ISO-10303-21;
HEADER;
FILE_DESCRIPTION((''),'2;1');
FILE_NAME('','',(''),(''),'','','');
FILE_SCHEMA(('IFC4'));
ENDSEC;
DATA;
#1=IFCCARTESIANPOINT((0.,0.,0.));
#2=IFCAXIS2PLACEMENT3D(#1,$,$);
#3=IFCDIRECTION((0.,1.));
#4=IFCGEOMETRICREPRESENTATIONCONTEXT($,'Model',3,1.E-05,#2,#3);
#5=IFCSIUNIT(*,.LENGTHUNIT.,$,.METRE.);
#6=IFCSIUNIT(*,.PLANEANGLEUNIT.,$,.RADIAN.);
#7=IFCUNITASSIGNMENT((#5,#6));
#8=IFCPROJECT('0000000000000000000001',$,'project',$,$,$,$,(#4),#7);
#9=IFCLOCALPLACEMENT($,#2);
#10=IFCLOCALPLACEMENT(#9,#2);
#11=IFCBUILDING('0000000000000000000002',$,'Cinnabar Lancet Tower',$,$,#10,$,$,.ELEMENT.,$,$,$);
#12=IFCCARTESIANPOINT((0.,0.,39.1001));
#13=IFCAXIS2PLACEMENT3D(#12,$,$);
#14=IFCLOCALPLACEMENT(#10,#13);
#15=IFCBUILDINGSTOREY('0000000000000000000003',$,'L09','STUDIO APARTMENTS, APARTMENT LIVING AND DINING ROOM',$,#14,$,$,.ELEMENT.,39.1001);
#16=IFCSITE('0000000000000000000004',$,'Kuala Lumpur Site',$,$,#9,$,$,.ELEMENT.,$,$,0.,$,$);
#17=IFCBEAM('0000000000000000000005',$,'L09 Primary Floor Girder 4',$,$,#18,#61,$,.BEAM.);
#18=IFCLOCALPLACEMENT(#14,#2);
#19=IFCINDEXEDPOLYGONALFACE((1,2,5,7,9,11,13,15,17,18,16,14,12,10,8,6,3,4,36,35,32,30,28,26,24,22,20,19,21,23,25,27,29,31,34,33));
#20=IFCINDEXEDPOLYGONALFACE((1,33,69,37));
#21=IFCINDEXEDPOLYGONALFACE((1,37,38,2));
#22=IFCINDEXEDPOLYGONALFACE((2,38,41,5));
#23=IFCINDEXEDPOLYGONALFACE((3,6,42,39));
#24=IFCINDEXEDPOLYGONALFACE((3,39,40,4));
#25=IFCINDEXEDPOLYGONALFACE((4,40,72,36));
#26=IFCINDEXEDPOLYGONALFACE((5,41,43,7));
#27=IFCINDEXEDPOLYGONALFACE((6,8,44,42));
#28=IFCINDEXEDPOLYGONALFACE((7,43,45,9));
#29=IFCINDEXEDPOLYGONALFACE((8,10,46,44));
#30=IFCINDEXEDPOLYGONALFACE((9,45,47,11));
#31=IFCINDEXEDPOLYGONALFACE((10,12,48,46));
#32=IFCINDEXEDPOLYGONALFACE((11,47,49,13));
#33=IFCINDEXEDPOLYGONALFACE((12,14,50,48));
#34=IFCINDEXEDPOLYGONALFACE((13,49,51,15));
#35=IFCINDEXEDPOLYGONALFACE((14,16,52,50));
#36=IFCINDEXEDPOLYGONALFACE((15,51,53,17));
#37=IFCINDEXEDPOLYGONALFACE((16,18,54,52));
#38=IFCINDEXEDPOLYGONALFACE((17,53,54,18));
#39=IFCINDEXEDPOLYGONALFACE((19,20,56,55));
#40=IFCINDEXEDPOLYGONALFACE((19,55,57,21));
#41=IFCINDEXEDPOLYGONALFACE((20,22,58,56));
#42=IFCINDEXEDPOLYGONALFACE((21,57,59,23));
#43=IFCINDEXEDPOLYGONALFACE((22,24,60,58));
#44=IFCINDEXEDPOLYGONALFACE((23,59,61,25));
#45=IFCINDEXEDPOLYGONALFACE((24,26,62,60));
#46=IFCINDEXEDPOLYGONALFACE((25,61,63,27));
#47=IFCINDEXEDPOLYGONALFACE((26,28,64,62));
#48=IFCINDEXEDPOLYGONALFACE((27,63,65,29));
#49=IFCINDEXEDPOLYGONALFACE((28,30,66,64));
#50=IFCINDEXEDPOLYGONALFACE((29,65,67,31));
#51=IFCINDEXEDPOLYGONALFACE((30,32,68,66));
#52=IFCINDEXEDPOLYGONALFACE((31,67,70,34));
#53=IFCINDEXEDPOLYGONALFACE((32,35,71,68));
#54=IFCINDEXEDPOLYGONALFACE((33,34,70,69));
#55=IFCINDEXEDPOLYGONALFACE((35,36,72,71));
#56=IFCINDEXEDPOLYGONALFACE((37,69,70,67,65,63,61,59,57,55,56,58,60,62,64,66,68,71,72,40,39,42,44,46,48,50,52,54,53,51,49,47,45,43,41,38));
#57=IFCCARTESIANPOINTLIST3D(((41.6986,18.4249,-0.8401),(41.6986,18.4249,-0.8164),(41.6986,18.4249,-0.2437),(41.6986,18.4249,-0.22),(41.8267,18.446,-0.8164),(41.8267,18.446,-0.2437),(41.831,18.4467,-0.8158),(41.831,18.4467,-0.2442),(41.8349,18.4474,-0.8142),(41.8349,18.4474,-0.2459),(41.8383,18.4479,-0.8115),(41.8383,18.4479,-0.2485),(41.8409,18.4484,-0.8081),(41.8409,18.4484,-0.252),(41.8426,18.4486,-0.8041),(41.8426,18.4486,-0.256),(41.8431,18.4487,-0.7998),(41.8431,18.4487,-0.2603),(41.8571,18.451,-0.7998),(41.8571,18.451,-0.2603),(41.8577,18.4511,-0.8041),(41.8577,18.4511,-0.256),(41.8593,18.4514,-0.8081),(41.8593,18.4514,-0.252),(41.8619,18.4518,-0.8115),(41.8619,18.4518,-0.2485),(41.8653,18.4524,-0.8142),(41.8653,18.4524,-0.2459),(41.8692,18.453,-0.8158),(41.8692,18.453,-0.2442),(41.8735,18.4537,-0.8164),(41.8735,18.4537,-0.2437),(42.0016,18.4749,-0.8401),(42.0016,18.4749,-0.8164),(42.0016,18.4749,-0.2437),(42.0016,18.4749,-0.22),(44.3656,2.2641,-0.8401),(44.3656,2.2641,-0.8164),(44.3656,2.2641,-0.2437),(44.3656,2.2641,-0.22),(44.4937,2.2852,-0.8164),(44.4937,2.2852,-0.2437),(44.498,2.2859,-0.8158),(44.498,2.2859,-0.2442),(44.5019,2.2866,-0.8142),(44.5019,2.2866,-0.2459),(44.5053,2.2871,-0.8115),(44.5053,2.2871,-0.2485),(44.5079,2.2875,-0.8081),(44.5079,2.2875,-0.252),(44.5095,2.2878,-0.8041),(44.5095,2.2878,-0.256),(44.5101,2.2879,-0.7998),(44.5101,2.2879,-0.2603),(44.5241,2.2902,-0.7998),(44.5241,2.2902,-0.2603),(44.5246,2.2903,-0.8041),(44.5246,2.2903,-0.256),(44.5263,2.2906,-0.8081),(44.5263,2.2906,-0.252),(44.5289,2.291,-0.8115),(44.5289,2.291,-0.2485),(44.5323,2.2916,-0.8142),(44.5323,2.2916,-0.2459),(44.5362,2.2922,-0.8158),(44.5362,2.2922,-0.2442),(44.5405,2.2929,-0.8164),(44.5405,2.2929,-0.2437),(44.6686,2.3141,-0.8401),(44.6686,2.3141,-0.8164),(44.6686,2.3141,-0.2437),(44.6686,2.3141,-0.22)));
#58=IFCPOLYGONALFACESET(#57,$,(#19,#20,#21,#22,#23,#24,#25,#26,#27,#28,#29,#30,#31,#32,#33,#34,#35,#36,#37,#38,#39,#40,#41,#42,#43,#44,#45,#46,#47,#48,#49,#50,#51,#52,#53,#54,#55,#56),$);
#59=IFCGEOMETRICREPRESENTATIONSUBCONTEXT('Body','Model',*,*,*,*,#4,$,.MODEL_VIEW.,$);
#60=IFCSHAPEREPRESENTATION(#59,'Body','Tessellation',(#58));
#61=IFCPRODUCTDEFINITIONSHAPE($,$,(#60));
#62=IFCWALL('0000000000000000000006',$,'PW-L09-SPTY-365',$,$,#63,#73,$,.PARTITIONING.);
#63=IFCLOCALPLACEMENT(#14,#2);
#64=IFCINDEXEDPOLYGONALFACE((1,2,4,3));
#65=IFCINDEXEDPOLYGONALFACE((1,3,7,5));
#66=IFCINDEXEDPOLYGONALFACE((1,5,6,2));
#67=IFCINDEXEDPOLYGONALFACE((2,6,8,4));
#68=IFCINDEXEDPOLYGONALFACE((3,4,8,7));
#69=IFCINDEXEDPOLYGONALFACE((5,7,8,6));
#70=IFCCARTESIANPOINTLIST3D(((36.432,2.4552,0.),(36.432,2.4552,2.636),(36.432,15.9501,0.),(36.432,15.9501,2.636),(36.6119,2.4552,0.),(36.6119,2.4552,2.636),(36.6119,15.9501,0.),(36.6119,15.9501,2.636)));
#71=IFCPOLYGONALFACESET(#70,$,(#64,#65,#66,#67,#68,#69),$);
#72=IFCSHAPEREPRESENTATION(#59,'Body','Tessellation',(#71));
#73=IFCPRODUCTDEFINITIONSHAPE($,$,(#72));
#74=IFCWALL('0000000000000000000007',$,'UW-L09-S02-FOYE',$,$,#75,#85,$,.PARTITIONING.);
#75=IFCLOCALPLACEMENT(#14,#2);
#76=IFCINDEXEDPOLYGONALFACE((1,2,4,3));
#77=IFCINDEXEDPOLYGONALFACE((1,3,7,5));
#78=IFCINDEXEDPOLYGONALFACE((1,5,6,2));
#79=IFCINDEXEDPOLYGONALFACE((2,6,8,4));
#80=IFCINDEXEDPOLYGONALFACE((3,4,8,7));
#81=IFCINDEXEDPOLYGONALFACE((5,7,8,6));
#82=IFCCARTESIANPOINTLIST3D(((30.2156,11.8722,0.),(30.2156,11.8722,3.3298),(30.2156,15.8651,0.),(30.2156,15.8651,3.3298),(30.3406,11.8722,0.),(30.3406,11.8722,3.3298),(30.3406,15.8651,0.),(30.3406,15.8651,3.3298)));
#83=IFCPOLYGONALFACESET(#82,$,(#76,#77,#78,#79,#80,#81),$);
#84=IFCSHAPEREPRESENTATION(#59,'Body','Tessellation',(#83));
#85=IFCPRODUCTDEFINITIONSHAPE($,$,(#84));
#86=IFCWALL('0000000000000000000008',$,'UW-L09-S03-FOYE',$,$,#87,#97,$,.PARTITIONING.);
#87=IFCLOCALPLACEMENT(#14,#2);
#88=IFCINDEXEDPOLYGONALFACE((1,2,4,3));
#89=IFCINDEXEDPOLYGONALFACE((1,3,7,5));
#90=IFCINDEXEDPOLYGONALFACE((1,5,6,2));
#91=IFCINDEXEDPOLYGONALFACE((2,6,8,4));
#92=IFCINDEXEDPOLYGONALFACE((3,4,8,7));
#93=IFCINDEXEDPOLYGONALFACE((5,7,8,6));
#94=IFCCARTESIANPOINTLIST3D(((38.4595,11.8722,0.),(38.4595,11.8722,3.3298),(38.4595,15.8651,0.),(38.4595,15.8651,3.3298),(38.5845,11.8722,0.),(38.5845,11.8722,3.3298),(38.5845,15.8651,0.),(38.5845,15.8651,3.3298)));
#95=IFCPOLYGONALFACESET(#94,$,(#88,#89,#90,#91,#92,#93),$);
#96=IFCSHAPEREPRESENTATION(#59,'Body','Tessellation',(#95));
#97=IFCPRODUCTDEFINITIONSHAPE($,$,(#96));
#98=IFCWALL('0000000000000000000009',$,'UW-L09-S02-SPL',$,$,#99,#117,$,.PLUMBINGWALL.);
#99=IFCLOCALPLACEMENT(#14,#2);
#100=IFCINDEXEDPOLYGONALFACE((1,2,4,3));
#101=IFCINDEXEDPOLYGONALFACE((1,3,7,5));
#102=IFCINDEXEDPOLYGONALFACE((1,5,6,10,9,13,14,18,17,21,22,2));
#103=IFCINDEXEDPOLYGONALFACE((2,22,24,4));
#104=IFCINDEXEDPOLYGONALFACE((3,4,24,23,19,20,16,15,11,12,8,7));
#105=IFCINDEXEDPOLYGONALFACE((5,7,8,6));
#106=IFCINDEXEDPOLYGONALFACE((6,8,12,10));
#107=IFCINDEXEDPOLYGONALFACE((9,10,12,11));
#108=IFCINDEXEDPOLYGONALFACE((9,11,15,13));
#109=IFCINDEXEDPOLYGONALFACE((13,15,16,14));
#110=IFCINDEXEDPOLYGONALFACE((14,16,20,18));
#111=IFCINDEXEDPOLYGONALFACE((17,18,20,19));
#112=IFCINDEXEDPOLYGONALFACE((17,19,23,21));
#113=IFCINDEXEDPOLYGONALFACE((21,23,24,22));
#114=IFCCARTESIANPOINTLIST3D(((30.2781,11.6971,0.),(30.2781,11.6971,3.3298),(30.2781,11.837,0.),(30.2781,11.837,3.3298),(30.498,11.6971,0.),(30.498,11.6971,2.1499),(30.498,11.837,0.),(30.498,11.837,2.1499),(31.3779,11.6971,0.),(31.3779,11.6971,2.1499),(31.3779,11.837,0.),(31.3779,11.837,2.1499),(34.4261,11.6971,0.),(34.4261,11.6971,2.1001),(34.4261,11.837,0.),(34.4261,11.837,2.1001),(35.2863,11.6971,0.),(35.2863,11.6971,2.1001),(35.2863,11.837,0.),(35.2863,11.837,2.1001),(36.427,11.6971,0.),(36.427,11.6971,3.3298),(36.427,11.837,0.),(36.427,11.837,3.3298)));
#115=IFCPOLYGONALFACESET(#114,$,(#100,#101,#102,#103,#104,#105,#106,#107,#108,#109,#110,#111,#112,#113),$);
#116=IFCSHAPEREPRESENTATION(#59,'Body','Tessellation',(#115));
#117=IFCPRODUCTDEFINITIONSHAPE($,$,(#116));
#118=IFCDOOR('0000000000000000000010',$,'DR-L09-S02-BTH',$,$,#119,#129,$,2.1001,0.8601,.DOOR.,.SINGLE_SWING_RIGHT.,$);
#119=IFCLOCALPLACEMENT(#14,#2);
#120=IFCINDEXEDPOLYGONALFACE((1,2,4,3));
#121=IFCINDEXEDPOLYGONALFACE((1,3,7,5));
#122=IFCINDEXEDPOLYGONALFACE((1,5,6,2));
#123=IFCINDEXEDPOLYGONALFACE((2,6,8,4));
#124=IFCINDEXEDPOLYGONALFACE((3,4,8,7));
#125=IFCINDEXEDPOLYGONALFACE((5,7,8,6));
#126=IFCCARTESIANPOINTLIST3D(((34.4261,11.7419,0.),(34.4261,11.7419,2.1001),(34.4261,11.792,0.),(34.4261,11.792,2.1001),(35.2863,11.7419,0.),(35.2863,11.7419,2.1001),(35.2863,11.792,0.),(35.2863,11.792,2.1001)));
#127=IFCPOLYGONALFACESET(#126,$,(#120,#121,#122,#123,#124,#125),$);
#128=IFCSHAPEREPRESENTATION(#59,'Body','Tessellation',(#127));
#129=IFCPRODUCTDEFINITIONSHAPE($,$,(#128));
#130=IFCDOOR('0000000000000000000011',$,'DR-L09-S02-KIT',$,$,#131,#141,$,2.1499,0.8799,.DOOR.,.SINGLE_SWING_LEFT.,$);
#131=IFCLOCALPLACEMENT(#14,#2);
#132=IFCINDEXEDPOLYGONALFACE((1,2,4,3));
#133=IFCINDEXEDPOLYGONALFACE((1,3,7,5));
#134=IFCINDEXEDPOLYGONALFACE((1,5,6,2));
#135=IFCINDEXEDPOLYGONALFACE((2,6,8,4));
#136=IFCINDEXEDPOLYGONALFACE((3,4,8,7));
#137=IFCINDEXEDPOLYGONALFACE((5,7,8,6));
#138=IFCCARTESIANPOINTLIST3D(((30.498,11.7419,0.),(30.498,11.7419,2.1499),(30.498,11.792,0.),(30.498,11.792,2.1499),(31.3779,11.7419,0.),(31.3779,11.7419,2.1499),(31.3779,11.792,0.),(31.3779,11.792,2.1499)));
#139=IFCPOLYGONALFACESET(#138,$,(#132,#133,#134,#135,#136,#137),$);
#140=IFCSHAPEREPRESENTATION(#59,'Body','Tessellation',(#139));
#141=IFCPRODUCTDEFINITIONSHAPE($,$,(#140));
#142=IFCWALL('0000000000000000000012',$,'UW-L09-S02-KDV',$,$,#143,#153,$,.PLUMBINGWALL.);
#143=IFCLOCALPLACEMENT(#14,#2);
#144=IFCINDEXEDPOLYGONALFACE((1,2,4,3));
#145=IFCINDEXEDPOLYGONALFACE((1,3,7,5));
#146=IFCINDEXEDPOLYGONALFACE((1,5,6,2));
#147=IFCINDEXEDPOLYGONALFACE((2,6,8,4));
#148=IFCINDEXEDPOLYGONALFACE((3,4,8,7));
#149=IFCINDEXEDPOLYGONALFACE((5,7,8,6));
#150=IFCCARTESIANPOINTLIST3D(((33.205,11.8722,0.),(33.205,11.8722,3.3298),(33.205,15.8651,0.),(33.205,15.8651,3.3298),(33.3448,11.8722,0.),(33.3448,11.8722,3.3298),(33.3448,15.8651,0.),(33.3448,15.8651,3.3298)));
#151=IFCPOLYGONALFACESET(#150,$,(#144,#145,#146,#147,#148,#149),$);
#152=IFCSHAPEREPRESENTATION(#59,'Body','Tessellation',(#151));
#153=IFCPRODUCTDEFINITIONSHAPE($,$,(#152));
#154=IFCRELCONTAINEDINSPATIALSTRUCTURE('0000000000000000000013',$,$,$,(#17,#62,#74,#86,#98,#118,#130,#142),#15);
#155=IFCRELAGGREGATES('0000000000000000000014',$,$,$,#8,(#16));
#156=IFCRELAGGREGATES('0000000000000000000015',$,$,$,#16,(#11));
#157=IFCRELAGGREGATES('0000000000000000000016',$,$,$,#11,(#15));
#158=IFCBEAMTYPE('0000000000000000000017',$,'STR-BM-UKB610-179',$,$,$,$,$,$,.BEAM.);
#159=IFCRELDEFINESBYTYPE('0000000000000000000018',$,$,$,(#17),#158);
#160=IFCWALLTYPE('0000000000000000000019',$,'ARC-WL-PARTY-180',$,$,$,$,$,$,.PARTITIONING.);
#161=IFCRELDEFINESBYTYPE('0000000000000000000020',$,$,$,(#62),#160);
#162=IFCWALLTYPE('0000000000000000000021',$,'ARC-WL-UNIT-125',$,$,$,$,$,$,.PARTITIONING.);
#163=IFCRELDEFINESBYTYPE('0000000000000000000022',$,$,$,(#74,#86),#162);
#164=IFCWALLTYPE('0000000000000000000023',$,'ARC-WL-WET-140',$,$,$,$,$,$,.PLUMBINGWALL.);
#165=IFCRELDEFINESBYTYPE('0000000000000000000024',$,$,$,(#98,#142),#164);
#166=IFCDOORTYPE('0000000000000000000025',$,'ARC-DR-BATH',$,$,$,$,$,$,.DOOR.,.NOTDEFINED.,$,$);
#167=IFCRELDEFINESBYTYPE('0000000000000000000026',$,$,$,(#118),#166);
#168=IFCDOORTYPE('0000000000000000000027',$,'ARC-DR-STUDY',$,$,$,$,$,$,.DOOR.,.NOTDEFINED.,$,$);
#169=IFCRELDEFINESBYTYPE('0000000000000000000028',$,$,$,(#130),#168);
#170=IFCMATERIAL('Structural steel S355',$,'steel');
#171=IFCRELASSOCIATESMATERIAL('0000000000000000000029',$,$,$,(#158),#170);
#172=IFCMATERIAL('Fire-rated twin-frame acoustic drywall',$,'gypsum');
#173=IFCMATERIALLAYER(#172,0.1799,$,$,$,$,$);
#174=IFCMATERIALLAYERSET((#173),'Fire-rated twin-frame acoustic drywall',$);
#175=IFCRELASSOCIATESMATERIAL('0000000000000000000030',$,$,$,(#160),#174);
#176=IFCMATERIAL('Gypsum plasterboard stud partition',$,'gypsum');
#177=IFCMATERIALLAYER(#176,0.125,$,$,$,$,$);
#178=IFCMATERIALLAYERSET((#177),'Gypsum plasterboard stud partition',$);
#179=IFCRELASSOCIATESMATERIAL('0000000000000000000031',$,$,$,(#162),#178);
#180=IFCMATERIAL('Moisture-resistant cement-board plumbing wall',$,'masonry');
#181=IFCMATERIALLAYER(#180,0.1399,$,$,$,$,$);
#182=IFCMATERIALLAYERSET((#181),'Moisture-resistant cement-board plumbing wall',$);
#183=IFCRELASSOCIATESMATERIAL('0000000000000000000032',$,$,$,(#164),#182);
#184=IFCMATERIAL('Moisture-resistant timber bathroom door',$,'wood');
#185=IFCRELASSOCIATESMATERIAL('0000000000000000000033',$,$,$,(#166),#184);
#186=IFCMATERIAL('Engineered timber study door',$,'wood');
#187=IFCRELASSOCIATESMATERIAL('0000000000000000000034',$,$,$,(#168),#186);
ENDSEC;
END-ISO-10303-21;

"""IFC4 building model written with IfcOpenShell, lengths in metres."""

from ifc_helpers import new_model, si_unit, direction, frame, frame_2d, origin, origin_2d, place, context, subcontext, project, spatial, rectangle, i_section, extrude, material, layer, layer_set, material_profile, profile_set, type_object, element, fill, save


model = new_model("IFC4")

# Units and contexts
model_context = context("Model", 3, precision=1e-05, world=origin(), true_north=direction((0.0, 1.0)))
body_context = subcontext(model_context, "Body", "Model", "MODEL_VIEW")
ifc_project = project(units=[si_unit("LENGTHUNIT", "METRE"), si_unit("PLANEANGLEUNIT", "RADIAN")], contexts=[model_context])

# Site, building, storey
site_placement = place(None, origin())
site = spatial("IfcSite", under=ifc_project, at=site_placement, Name="Kuala Lumpur Site", CompositionType="ELEMENT", RefElevation=0.0)
building_placement = place(site_placement, origin())
building = spatial("IfcBuilding", under=site, at=building_placement, Name="Cinnabar Lancet Tower", CompositionType="ELEMENT")
storey_placement = place(building_placement, frame((0.0, 0.0, 39.1001)))
storey = spatial("IfcBuildingStorey", under=building, at=storey_placement, Name="L09", Description="STUDIO APARTMENTS, APARTMENT LIVING AND DINING ROOM", CompositionType="ELEMENT", Elevation=39.1001)

# Beam
ifc_material_1 = material(Name="Structural steel S355", Category="steel")
ifc_material_profile_1 = material_profile(ifc_material_1, i_section(OverallWidth=0.3071, OverallDepth=0.6201, WebThickness=0.0142, FlangeThickness=0.0237, FilletRadius=0.0166, at=origin_2d()), Name="UKB 610x305x179")
ifc_profile_set_1 = profile_set([ifc_material_profile_1], Name="Structural steel S355")
beam_type_1 = type_object("IfcBeamType", Name="STR-BM-UKB610-179", PredefinedType="BEAM", material=ifc_profile_set_1)
beam_1_placement = place(storey_placement, frame((44.5171, 2.2891, -0.53), z_axis=(-0.162825, 0.986655, 0.0), x_axis=(-0.986655, -0.162825, 0.0)))
element("IfcBeam", 1, at=beam_1_placement, inside=storey, type_object=beam_type_1, Name="L09 Primary Floor Girder 4", PredefinedType="BEAM", context=body_context, shape_type="SweptSolid", body=[
    extrude(i_section(OverallWidth=0.3071, OverallDepth=0.6201, WebThickness=0.0142, FlangeThickness=0.0237, FilletRadius=0.0166, at=origin_2d()), origin(), (0.0, 0.0, 1.0), 16.3794),
])

# Walls
ifc_material_2 = material(Name="Fire-rated twin-frame acoustic drywall", Category="gypsum")
ifc_layer_1 = layer(ifc_material_2, 0.1799)
ifc_layer_set_1 = layer_set([ifc_layer_1], Name="Fire-rated twin-frame acoustic drywall")
wall_type_1 = type_object("IfcWallType", Name="ARC-WL-PARTY-180", PredefinedType="PARTITIONING", material=ifc_layer_set_1)
wall_1_placement = place(storey_placement, frame((36.522, 2.4551, 0.0), z_axis=(0.0, 0.0, 1.0), x_axis=(0.0, 1.0, 0.0)))
element("IfcWall", 2, at=wall_1_placement, inside=storey, type_object=wall_type_1, Name="PW-L09-SPTY-365", PredefinedType="PARTITIONING", context=body_context, shape_type="SweptSolid", body=[
    extrude(rectangle(XDim=13.4949, YDim=0.1799, at=frame_2d((6.7476, 0.0))), origin(), (0.0, 0.0, 1.0), 2.636),
])
ifc_material_3 = material(Name="Gypsum plasterboard stud partition", Category="gypsum")
ifc_layer_2 = layer(ifc_material_3, 0.125)
ifc_layer_set_2 = layer_set([ifc_layer_2], Name="Gypsum plasterboard stud partition")
wall_type_2 = type_object("IfcWallType", Name="ARC-WL-UNIT-125", PredefinedType="PARTITIONING", material=ifc_layer_set_2)
for number, where, z_axis, x_axis, name in (
    (3, (30.2781, 11.8721, 0.0), (0.0, 0.0, 1.0), (0.0, 1.0, 0.0), "UW-L09-S02-FOYE"),
    (4, (38.522, 11.8721, 0.0), (0.0, 0.0, 1.0), (0.0, 1.0, 0.0), "UW-L09-S03-FOYE"),
):
    element("IfcWall", number, at=place(storey_placement, frame(where, z_axis=z_axis, x_axis=x_axis)), inside=storey, type_object=wall_type_2, Name=name, PredefinedType="PARTITIONING", context=body_context, shape_type="SweptSolid", body=[
        extrude(rectangle(XDim=3.9929, YDim=0.125, at=frame_2d((1.9966, 0.0))), origin(), (0.0, 0.0, 1.0), 3.3298),
    ])

# Wall, openings, doors
ifc_material_4 = material(Name="Moisture-resistant cement-board plumbing wall", Category="masonry")
ifc_layer_3 = layer(ifc_material_4, 0.1399)
ifc_layer_set_3 = layer_set([ifc_layer_3], Name="Moisture-resistant cement-board plumbing wall")
wall_type_3 = type_object("IfcWallType", Name="ARC-WL-WET-140", PredefinedType="PLUMBINGWALL", material=ifc_layer_set_3)
wall_2_placement = place(storey_placement, frame((30.2781, 11.7671, 0.0), z_axis=(0.0, 0.0, 1.0), x_axis=(1.0, 0.0, 0.0)))
wall_2 = element("IfcWall", 5, at=wall_2_placement, inside=storey, type_object=wall_type_3, Name="UW-L09-S02-SPL", PredefinedType="PLUMBINGWALL", context=body_context, shape_type="SweptSolid", body=[
    extrude(rectangle(XDim=6.1489, YDim=0.1399, at=frame_2d((3.0745, 0.0))), origin(), (0.0, 0.0, 1.0), 3.3298),
])
opening_1_placement = place(wall_2_placement, frame((4.1479, 0.0, 0.0)))
opening_1 = element("IfcOpeningElement", 6, at=opening_1_placement, cuts=wall_2, PredefinedType="OPENING", context=body_context, shape_type="SweptSolid", body=[
    extrude(rectangle(XDim=0.8601, YDim=2.1001, at=frame_2d((0.4302, 1.05))), frame((0.0, 0.0798, 0.0), z_axis=(0.0, -1.0, 0.0), x_axis=(1.0, 0.0, 0.0)), (0.0, 0.0, 1.0), 0.1599),
])
opening_2_placement = place(wall_2_placement, frame((0.22, 0.0, 0.0)))
opening_2 = element("IfcOpeningElement", 7, at=opening_2_placement, cuts=wall_2, PredefinedType="OPENING", context=body_context, shape_type="SweptSolid", body=[
    extrude(rectangle(XDim=0.8799, YDim=2.1499, at=frame_2d((0.4399, 1.075))), frame((0.0, 0.0798, 0.0), z_axis=(0.0, -1.0, 0.0), x_axis=(1.0, 0.0, 0.0)), (0.0, 0.0, 1.0), 0.1599),
])
ifc_material_5 = material(Name="Moisture-resistant timber bathroom door", Category="wood")
door_type_1 = type_object("IfcDoorType", Name="ARC-DR-BATH", OperationType="NOTDEFINED", PredefinedType="DOOR", material=ifc_material_5)
door_1_placement = place(opening_1_placement, origin())
door_1 = element("IfcDoor", 8, at=door_1_placement, inside=storey, type_object=door_type_1, Name="DR-L09-S02-BTH", OperationType="SINGLE_SWING_RIGHT", OverallHeight=2.1001, OverallWidth=0.8601, PredefinedType="DOOR", context=body_context, shape_type="SweptSolid", body=[
    extrude(rectangle(XDim=0.8601, YDim=2.1001, at=frame_2d((0.4302, 1.05))), frame((0.0, 0.0249, 0.0), z_axis=(0.0, -1.0, 0.0), x_axis=(1.0, 0.0, 0.0)), (0.0, 0.0, 1.0), 0.05),
])
fill(opening_1, door_1)
ifc_material_6 = material(Name="Engineered timber study door", Category="wood")
door_type_2 = type_object("IfcDoorType", Name="ARC-DR-STUDY", OperationType="NOTDEFINED", PredefinedType="DOOR", material=ifc_material_6)
door_2_placement = place(opening_2_placement, origin())
door_2 = element("IfcDoor", 9, at=door_2_placement, inside=storey, type_object=door_type_2, Name="DR-L09-S02-KIT", OperationType="SINGLE_SWING_LEFT", OverallHeight=2.1499, OverallWidth=0.8799, PredefinedType="DOOR", context=body_context, shape_type="SweptSolid", body=[
    extrude(rectangle(XDim=0.8799, YDim=2.1499, at=frame_2d((0.4399, 1.075))), frame((0.0, 0.0249, 0.0), z_axis=(0.0, -1.0, 0.0), x_axis=(1.0, 0.0, 0.0)), (0.0, 0.0, 1.0), 0.05),
])
fill(opening_2, door_2)

# Wall
wall_3_placement = place(storey_placement, frame((33.2749, 11.8721, 0.0), z_axis=(0.0, 0.0, 1.0), x_axis=(0.0, 1.0, 0.0)))
element("IfcWall", 10, at=wall_3_placement, inside=storey, type_object=wall_type_3, Name="UW-L09-S02-KDV", PredefinedType="PLUMBINGWALL", context=body_context, shape_type="SweptSolid", body=[
    extrude(rectangle(XDim=3.9929, YDim=0.1399, at=frame_2d((1.9966, 0.0))), origin(), (0.0, 0.0, 1.0), 3.3298),
])

save(model, "model.ifc")
